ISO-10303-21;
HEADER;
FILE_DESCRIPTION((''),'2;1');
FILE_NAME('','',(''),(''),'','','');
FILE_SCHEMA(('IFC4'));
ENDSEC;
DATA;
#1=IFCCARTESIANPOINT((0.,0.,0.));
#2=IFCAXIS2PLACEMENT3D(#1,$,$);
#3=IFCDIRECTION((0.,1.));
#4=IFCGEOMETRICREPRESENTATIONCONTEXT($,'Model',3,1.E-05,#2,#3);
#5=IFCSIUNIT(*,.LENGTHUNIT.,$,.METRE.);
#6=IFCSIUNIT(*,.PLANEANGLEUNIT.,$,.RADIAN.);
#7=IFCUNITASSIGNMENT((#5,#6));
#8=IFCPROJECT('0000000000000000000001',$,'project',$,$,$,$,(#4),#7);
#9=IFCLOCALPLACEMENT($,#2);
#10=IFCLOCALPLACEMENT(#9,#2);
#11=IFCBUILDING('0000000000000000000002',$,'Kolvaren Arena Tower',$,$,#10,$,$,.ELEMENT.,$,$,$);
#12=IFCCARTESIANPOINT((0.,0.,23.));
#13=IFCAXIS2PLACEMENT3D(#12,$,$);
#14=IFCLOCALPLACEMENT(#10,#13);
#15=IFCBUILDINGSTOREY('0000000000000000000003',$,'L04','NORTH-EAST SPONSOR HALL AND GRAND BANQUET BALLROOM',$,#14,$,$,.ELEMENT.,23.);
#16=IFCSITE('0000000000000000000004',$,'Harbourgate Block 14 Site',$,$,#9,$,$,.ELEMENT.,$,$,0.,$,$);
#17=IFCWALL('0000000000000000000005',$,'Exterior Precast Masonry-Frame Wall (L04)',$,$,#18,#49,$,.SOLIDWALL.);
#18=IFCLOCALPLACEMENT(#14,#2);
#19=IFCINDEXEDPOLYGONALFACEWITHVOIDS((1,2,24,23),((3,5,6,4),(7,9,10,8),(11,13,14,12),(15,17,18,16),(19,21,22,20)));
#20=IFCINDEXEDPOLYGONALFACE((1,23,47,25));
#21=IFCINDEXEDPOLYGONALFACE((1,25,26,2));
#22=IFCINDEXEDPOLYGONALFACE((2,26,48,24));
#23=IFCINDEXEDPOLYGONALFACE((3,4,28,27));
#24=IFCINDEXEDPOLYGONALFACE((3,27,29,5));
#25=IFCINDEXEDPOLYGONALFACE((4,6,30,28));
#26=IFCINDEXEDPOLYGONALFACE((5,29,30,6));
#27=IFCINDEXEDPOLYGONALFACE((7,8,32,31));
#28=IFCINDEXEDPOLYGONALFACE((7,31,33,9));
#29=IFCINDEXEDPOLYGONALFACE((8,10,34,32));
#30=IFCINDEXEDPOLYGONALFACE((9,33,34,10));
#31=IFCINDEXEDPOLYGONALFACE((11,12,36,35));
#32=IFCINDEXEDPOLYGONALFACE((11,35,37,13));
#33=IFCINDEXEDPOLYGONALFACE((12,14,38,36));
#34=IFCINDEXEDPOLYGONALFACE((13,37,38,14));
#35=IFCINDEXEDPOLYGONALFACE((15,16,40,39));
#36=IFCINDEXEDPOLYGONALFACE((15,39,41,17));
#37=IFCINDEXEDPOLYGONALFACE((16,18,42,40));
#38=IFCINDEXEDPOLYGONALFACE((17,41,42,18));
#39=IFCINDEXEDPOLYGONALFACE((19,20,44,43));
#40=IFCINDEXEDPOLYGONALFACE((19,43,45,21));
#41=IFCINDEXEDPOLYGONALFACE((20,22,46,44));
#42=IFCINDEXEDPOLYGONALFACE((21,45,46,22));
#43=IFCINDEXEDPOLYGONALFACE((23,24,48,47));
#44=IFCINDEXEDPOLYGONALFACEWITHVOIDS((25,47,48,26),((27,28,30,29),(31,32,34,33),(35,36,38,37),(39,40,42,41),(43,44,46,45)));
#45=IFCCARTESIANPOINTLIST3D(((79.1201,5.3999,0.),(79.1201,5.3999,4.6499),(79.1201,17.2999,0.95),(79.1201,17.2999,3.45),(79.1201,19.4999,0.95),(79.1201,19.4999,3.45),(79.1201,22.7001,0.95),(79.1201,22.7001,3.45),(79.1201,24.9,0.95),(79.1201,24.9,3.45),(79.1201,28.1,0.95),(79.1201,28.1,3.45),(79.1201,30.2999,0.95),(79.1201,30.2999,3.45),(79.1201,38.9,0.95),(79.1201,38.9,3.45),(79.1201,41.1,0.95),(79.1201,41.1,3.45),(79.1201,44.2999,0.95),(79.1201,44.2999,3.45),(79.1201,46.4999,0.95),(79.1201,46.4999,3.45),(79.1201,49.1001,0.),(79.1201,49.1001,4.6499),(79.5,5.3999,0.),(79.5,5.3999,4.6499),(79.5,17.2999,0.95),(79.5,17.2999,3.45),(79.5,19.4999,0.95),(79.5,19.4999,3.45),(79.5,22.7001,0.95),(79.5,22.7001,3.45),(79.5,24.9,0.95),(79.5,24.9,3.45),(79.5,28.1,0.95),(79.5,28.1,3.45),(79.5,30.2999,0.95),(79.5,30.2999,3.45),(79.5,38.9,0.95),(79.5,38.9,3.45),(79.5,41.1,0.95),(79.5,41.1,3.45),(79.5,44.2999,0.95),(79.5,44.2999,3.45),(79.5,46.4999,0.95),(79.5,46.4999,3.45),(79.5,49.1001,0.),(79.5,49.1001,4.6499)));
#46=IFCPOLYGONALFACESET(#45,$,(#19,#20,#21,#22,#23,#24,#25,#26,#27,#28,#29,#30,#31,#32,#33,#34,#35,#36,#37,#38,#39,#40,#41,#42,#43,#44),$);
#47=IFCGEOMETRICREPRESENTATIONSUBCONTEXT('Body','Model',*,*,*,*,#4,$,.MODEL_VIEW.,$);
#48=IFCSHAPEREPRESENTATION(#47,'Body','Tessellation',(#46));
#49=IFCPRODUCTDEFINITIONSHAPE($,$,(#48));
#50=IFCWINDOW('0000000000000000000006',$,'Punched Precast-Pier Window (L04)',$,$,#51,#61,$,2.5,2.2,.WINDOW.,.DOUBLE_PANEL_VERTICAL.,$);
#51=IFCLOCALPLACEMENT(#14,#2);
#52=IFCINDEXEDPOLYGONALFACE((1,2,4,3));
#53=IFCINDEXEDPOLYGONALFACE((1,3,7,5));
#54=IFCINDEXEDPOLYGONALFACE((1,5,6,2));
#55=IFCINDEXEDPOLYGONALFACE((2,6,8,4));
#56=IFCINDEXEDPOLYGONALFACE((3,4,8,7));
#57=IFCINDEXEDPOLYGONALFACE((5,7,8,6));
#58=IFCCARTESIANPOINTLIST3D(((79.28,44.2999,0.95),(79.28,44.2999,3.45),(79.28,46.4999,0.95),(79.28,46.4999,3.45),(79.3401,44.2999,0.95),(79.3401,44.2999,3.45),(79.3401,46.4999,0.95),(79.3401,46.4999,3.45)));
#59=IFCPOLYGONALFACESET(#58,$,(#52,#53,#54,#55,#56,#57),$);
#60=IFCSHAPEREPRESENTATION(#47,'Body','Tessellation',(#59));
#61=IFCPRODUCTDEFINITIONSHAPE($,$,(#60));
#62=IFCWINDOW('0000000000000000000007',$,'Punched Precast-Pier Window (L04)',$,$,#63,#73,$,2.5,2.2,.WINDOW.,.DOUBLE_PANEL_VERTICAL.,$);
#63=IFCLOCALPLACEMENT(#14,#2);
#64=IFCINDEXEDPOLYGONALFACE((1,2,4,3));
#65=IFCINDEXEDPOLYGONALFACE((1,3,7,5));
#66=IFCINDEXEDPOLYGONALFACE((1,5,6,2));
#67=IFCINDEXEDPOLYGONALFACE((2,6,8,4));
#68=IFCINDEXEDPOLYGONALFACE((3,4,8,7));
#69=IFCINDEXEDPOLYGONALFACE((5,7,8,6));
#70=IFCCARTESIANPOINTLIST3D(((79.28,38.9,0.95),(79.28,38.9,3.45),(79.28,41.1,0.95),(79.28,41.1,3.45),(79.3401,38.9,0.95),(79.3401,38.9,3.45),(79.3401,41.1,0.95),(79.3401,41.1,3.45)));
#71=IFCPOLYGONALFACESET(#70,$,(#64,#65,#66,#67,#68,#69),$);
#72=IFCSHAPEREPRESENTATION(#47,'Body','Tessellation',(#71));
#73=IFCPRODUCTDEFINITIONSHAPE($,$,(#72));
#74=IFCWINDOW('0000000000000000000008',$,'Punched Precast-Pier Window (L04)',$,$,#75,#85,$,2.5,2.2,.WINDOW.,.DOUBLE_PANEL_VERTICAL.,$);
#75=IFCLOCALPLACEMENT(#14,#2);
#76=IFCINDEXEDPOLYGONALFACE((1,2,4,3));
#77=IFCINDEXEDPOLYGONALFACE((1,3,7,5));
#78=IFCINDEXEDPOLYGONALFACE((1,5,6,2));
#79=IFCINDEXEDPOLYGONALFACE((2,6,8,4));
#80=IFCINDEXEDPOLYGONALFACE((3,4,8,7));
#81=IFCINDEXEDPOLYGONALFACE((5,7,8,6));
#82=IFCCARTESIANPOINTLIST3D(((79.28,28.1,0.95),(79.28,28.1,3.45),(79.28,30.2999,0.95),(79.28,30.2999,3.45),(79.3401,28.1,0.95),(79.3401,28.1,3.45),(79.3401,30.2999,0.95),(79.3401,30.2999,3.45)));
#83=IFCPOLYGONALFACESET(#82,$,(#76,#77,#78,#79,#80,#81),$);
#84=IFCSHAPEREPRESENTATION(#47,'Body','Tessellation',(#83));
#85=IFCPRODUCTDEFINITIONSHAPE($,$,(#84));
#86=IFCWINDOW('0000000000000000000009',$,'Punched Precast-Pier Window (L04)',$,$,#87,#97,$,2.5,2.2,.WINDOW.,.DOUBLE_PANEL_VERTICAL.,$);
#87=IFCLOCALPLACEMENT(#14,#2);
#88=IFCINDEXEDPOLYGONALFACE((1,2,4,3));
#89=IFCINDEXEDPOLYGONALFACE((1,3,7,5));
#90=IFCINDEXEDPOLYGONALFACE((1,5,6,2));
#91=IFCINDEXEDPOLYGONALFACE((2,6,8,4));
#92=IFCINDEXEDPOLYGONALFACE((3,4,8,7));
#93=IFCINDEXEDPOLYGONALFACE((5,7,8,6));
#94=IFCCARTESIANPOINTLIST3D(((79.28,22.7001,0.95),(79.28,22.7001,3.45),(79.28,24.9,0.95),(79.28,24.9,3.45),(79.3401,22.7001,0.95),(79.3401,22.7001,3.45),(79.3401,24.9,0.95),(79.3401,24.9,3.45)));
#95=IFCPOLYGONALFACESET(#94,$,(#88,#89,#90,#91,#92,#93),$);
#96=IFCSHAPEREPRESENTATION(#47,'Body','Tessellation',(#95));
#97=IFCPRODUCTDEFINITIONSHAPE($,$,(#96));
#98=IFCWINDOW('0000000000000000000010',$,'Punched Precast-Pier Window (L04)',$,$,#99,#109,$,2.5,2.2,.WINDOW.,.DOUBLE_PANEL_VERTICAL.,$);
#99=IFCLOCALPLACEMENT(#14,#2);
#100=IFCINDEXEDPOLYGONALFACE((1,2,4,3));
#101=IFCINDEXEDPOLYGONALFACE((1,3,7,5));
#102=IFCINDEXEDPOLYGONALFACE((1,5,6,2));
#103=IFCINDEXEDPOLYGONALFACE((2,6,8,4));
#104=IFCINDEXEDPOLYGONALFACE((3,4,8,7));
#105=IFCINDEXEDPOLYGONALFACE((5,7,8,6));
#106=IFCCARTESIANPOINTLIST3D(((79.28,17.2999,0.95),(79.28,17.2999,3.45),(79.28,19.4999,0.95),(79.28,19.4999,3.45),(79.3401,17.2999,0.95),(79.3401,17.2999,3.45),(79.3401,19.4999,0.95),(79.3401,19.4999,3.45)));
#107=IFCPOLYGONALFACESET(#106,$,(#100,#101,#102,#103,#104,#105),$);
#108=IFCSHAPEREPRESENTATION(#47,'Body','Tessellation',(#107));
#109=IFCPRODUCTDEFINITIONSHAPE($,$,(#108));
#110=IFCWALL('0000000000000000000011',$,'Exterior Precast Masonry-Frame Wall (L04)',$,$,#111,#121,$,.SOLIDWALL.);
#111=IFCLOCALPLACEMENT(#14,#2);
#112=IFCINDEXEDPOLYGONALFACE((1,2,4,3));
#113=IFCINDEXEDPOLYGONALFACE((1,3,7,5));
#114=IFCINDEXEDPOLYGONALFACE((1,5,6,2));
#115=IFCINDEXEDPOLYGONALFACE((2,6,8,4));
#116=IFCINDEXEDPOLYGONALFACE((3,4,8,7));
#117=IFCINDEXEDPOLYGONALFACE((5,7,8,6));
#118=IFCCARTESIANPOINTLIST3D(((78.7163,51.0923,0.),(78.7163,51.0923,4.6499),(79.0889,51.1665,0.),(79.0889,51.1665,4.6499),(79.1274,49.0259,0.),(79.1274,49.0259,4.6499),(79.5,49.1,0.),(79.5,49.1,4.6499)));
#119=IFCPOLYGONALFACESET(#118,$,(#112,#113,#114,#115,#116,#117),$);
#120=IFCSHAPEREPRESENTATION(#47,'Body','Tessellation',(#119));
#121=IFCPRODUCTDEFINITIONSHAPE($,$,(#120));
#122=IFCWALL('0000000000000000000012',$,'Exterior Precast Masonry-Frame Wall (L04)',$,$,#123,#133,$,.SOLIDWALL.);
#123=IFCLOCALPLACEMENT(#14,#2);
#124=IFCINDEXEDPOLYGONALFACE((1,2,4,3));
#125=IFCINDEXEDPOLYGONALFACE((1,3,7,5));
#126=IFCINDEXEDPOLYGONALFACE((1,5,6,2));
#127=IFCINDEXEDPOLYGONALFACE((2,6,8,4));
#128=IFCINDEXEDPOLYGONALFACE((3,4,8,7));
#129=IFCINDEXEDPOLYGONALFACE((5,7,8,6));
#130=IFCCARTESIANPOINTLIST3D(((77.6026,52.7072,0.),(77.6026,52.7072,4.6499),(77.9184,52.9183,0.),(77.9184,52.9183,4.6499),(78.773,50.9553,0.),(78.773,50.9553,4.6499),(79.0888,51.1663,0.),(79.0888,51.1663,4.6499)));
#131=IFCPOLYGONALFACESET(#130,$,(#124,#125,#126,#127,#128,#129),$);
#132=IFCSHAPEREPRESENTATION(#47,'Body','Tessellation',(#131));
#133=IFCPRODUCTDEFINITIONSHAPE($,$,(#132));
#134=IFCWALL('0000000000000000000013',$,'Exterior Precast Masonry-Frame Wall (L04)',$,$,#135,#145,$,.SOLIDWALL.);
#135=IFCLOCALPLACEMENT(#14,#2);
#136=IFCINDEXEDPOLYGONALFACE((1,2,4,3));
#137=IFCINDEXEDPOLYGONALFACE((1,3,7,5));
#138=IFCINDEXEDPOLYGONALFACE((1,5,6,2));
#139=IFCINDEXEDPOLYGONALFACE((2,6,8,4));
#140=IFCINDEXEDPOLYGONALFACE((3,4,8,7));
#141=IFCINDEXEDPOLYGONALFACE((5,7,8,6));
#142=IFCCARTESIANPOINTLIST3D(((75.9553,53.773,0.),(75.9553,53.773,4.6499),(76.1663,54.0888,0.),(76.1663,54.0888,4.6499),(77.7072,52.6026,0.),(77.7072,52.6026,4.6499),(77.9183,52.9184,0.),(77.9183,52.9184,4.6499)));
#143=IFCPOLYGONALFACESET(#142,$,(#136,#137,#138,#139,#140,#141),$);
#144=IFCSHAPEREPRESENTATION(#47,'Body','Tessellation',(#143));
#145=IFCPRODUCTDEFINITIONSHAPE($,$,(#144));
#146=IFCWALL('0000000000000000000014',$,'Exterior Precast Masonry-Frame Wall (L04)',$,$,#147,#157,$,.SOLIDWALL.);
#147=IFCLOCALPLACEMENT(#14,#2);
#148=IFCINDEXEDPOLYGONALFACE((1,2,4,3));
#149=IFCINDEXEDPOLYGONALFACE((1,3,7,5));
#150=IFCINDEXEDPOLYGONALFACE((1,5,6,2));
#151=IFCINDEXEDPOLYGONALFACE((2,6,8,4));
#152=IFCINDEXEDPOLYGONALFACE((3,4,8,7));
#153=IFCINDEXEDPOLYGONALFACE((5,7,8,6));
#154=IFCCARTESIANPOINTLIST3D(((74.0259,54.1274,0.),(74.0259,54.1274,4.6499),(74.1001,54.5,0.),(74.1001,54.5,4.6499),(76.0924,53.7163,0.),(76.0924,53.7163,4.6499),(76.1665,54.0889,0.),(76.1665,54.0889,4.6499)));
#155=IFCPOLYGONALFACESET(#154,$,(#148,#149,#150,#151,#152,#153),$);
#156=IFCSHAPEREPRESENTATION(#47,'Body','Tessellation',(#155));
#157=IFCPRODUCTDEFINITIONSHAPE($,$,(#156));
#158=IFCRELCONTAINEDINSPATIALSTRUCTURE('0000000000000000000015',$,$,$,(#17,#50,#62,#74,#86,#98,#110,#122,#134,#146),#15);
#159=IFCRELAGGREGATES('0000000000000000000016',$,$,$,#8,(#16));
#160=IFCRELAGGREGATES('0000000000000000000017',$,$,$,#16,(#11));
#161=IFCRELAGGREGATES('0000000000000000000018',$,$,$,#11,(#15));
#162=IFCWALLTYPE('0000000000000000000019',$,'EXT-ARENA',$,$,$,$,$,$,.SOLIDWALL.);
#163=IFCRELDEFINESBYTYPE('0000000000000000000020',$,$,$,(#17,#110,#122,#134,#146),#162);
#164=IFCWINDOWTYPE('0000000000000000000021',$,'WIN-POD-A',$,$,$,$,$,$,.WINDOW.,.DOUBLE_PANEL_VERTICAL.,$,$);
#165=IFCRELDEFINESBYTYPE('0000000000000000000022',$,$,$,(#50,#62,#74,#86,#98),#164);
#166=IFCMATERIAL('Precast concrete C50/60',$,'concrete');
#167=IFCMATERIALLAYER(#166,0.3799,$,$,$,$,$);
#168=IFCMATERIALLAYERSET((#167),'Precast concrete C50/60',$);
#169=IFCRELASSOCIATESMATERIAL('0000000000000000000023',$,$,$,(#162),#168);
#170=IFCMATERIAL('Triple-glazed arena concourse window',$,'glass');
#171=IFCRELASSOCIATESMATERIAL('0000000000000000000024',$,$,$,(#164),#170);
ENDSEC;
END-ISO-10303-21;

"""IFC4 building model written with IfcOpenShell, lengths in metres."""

from ifc_helpers import new_model, si_unit, direction, frame, frame_2d, origin, place, context, subcontext, project, spatial, rectangle, extrude, material, layer, layer_set, type_object, element, fill, save


model = new_model("IFC4")

# Units and contexts
model_context = context("Model", 3, precision=1e-05, world=origin(), true_north=direction((0.0, 1.0)))
body_context = subcontext(model_context, "Body", "Model", "MODEL_VIEW")
ifc_project = project(units=[si_unit("LENGTHUNIT", "METRE"), si_unit("PLANEANGLEUNIT", "RADIAN")], contexts=[model_context])

# Site, building, storey
site_placement = place(None, origin())
site = spatial("IfcSite", under=ifc_project, at=site_placement, Name="Harbourgate Block 14 Site", CompositionType="ELEMENT", RefElevation=0.0)
building_placement = place(site_placement, origin())
building = spatial("IfcBuilding", under=site, at=building_placement, Name="Kolvaren Arena Tower", CompositionType="ELEMENT")
storey_placement = place(building_placement, frame((0.0, 0.0, 23.0)))
storey = spatial("IfcBuildingStorey", under=building, at=storey_placement, Name="L04", Description="NORTH-EAST SPONSOR HALL AND GRAND BANQUET BALLROOM", CompositionType="ELEMENT", Elevation=23.0)

# Wall, openings, windows
ifc_material_1 = material(Name="Precast concrete C50/60", Category="concrete")
ifc_layer = layer(ifc_material_1, 0.3799)
ifc_layer_set = layer_set([ifc_layer], Name="Precast concrete C50/60")
wall_type = type_object("IfcWallType", Name="EXT-ARENA", PredefinedType="SOLIDWALL", material=ifc_layer_set)
wall_placement = place(storey_placement, frame((79.3101, 49.1001, 0.0), z_axis=(0.0, 0.0, 1.0), x_axis=(0.0, -1.0, 0.0)))
wall = element("IfcWall", 1, at=wall_placement, inside=storey, type_object=wall_type, Name="Exterior Precast Masonry-Frame Wall (L04)", PredefinedType="SOLIDWALL", context=body_context, shape_type="SweptSolid", body=[
    extrude(rectangle(XDim=43.7002, YDim=0.3799, at=frame_2d((21.8501, 0.0))), origin(), (0.0, 0.0, 1.0), 4.6499),
])
opening_1_placement = place(wall_placement, frame((2.6001, 0.0, 0.95)))
opening_1 = element("IfcOpeningElement", 2, at=opening_1_placement, cuts=wall, PredefinedType="OPENING", context=body_context, shape_type="SweptSolid", body=[
    extrude(rectangle(XDim=2.2, YDim=2.5, at=frame_2d((1.1001, 1.25))), frame((0.0, 0.2, 0.0), z_axis=(0.0, -1.0, 0.0), x_axis=(1.0, 0.0, 0.0)), (0.0, 0.0, 1.0), 0.3999),
])
opening_2_placement = place(wall_placement, frame((8.0, 0.0, 0.95)))
opening_2 = element("IfcOpeningElement", 3, at=opening_2_placement, cuts=wall, PredefinedType="OPENING", context=body_context, shape_type="SweptSolid", body=[
    extrude(rectangle(XDim=2.2, YDim=2.5, at=frame_2d((1.1001, 1.25))), frame((0.0, 0.2, 0.0), z_axis=(0.0, -1.0, 0.0), x_axis=(1.0, 0.0, 0.0)), (0.0, 0.0, 1.0), 0.3999),
])
opening_3_placement = place(wall_placement, frame((18.8, 0.0, 0.95)))
opening_3 = element("IfcOpeningElement", 4, at=opening_3_placement, cuts=wall, PredefinedType="OPENING", context=body_context, shape_type="SweptSolid", body=[
    extrude(rectangle(XDim=2.2, YDim=2.5, at=frame_2d((1.1001, 1.25))), frame((0.0, 0.2, 0.0), z_axis=(0.0, -1.0, 0.0), x_axis=(1.0, 0.0, 0.0)), (0.0, 0.0, 1.0), 0.3999),
])
opening_4_placement = place(wall_placement, frame((24.2, 0.0, 0.95)))
opening_4 = element("IfcOpeningElement", 5, at=opening_4_placement, cuts=wall, PredefinedType="OPENING", context=body_context, shape_type="SweptSolid", body=[
    extrude(rectangle(XDim=2.2, YDim=2.5, at=frame_2d((1.1001, 1.25))), frame((0.0, 0.2, 0.0), z_axis=(0.0, -1.0, 0.0), x_axis=(1.0, 0.0, 0.0)), (0.0, 0.0, 1.0), 0.3999),
])
opening_5_placement = place(wall_placement, frame((29.6001, 0.0, 0.95)))
opening_5 = element("IfcOpeningElement", 6, at=opening_5_placement, cuts=wall, PredefinedType="OPENING", context=body_context, shape_type="SweptSolid", body=[
    extrude(rectangle(XDim=2.2, YDim=2.5, at=frame_2d((1.1001, 1.25))), frame((0.0, 0.2, 0.0), z_axis=(0.0, -1.0, 0.0), x_axis=(1.0, 0.0, 0.0)), (0.0, 0.0, 1.0), 0.3999),
])
ifc_material_2 = material(Name="Triple-glazed arena concourse window", Category="glass")
window_type = type_object("IfcWindowType", Name="WIN-POD-A", PartitioningType="DOUBLE_PANEL_VERTICAL", PredefinedType="WINDOW", material=ifc_material_2)
window_1_placement = place(opening_1_placement, origin())
window_1 = element("IfcWindow", 7, at=window_1_placement, inside=storey, type_object=window_type, Name="Punched Precast-Pier Window (L04)", OverallHeight=2.5, OverallWidth=2.2, PartitioningType="DOUBLE_PANEL_VERTICAL", PredefinedType="WINDOW", context=body_context, shape_type="SweptSolid", body=[
    extrude(rectangle(XDim=2.2, YDim=2.5, at=frame_2d((1.1001, 1.25))), frame((0.0, 0.03, 0.0), z_axis=(0.0, -1.0, 0.0), x_axis=(1.0, 0.0, 0.0)), (0.0, 0.0, 1.0), 0.0601),
])
fill(opening_1, window_1)
window_2_placement = place(opening_2_placement, origin())
window_2 = element("IfcWindow", 8, at=window_2_placement, inside=storey, type_object=window_type, Name="Punched Precast-Pier Window (L04)", OverallHeight=2.5, OverallWidth=2.2, PartitioningType="DOUBLE_PANEL_VERTICAL", PredefinedType="WINDOW", context=body_context, shape_type="SweptSolid", body=[
    extrude(rectangle(XDim=2.2, YDim=2.5, at=frame_2d((1.1001, 1.25))), frame((0.0, 0.03, 0.0), z_axis=(0.0, -1.0, 0.0), x_axis=(1.0, 0.0, 0.0)), (0.0, 0.0, 1.0), 0.0601),
])
fill(opening_2, window_2)
window_3_placement = place(opening_3_placement, origin())
window_3 = element("IfcWindow", 9, at=window_3_placement, inside=storey, type_object=window_type, Name="Punched Precast-Pier Window (L04)", OverallHeight=2.5, OverallWidth=2.2, PartitioningType="DOUBLE_PANEL_VERTICAL", PredefinedType="WINDOW", context=body_context, shape_type="SweptSolid", body=[
    extrude(rectangle(XDim=2.2, YDim=2.5, at=frame_2d((1.1001, 1.25))), frame((0.0, 0.03, 0.0), z_axis=(0.0, -1.0, 0.0), x_axis=(1.0, 0.0, 0.0)), (0.0, 0.0, 1.0), 0.0601),
])
fill(opening_3, window_3)
window_4_placement = place(opening_4_placement, origin())
window_4 = element("IfcWindow", 10, at=window_4_placement, inside=storey, type_object=window_type, Name="Punched Precast-Pier Window (L04)", OverallHeight=2.5, OverallWidth=2.2, PartitioningType="DOUBLE_PANEL_VERTICAL", PredefinedType="WINDOW", context=body_context, shape_type="SweptSolid", body=[
    extrude(rectangle(XDim=2.2, YDim=2.5, at=frame_2d((1.1001, 1.25))), frame((0.0, 0.03, 0.0), z_axis=(0.0, -1.0, 0.0), x_axis=(1.0, 0.0, 0.0)), (0.0, 0.0, 1.0), 0.0601),
])
fill(opening_4, window_4)
window_5_placement = place(opening_5_placement, origin())
window_5 = element("IfcWindow", 11, at=window_5_placement, inside=storey, type_object=window_type, Name="Punched Precast-Pier Window (L04)", OverallHeight=2.5, OverallWidth=2.2, PartitioningType="DOUBLE_PANEL_VERTICAL", PredefinedType="WINDOW", context=body_context, shape_type="SweptSolid", body=[
    extrude(rectangle(XDim=2.2, YDim=2.5, at=frame_2d((1.1001, 1.25))), frame((0.0, 0.03, 0.0), z_axis=(0.0, -1.0, 0.0), x_axis=(1.0, 0.0, 0.0)), (0.0, 0.0, 1.0), 0.0601),
])
fill(opening_5, window_5)

# Walls
for number, where, z_axis, x_axis, name in (
    (12, (78.9026, 51.1294, 0.0), (0.0, 0.0, 1.0), (0.195136, -0.980776, 0.0), "Exterior Precast Masonry-Frame Wall (L04)"),
    (13, (77.7605, 52.8127, 0.0), (0.0, 0.0, 1.0), (0.555502, -0.831515, 0.0), "Exterior Precast Masonry-Frame Wall (L04)"),
    (14, (76.0608, 53.9309, 0.0), (0.0, 0.0, 1.0), (0.831515, -0.555502, 0.0), "Exterior Precast Masonry-Frame Wall (L04)"),
    (15, (74.063, 54.3137, 0.0), (0.0, 0.0, 1.0), (0.980776, -0.195136, 0.0), "Exterior Precast Masonry-Frame Wall (L04)"),
):
    element("IfcWall", number, at=place(storey_placement, frame(where, z_axis=z_axis, x_axis=x_axis)), inside=storey, type_object=wall_type, Name=name, PredefinedType="SOLIDWALL", context=body_context, shape_type="SweptSolid", body=[
        extrude(rectangle(XDim=2.1069, YDim=0.3799, at=frame_2d((1.0535, 0.0))), origin(), (0.0, 0.0, 1.0), 4.6499),
    ])

save(model, "model.ifc")
